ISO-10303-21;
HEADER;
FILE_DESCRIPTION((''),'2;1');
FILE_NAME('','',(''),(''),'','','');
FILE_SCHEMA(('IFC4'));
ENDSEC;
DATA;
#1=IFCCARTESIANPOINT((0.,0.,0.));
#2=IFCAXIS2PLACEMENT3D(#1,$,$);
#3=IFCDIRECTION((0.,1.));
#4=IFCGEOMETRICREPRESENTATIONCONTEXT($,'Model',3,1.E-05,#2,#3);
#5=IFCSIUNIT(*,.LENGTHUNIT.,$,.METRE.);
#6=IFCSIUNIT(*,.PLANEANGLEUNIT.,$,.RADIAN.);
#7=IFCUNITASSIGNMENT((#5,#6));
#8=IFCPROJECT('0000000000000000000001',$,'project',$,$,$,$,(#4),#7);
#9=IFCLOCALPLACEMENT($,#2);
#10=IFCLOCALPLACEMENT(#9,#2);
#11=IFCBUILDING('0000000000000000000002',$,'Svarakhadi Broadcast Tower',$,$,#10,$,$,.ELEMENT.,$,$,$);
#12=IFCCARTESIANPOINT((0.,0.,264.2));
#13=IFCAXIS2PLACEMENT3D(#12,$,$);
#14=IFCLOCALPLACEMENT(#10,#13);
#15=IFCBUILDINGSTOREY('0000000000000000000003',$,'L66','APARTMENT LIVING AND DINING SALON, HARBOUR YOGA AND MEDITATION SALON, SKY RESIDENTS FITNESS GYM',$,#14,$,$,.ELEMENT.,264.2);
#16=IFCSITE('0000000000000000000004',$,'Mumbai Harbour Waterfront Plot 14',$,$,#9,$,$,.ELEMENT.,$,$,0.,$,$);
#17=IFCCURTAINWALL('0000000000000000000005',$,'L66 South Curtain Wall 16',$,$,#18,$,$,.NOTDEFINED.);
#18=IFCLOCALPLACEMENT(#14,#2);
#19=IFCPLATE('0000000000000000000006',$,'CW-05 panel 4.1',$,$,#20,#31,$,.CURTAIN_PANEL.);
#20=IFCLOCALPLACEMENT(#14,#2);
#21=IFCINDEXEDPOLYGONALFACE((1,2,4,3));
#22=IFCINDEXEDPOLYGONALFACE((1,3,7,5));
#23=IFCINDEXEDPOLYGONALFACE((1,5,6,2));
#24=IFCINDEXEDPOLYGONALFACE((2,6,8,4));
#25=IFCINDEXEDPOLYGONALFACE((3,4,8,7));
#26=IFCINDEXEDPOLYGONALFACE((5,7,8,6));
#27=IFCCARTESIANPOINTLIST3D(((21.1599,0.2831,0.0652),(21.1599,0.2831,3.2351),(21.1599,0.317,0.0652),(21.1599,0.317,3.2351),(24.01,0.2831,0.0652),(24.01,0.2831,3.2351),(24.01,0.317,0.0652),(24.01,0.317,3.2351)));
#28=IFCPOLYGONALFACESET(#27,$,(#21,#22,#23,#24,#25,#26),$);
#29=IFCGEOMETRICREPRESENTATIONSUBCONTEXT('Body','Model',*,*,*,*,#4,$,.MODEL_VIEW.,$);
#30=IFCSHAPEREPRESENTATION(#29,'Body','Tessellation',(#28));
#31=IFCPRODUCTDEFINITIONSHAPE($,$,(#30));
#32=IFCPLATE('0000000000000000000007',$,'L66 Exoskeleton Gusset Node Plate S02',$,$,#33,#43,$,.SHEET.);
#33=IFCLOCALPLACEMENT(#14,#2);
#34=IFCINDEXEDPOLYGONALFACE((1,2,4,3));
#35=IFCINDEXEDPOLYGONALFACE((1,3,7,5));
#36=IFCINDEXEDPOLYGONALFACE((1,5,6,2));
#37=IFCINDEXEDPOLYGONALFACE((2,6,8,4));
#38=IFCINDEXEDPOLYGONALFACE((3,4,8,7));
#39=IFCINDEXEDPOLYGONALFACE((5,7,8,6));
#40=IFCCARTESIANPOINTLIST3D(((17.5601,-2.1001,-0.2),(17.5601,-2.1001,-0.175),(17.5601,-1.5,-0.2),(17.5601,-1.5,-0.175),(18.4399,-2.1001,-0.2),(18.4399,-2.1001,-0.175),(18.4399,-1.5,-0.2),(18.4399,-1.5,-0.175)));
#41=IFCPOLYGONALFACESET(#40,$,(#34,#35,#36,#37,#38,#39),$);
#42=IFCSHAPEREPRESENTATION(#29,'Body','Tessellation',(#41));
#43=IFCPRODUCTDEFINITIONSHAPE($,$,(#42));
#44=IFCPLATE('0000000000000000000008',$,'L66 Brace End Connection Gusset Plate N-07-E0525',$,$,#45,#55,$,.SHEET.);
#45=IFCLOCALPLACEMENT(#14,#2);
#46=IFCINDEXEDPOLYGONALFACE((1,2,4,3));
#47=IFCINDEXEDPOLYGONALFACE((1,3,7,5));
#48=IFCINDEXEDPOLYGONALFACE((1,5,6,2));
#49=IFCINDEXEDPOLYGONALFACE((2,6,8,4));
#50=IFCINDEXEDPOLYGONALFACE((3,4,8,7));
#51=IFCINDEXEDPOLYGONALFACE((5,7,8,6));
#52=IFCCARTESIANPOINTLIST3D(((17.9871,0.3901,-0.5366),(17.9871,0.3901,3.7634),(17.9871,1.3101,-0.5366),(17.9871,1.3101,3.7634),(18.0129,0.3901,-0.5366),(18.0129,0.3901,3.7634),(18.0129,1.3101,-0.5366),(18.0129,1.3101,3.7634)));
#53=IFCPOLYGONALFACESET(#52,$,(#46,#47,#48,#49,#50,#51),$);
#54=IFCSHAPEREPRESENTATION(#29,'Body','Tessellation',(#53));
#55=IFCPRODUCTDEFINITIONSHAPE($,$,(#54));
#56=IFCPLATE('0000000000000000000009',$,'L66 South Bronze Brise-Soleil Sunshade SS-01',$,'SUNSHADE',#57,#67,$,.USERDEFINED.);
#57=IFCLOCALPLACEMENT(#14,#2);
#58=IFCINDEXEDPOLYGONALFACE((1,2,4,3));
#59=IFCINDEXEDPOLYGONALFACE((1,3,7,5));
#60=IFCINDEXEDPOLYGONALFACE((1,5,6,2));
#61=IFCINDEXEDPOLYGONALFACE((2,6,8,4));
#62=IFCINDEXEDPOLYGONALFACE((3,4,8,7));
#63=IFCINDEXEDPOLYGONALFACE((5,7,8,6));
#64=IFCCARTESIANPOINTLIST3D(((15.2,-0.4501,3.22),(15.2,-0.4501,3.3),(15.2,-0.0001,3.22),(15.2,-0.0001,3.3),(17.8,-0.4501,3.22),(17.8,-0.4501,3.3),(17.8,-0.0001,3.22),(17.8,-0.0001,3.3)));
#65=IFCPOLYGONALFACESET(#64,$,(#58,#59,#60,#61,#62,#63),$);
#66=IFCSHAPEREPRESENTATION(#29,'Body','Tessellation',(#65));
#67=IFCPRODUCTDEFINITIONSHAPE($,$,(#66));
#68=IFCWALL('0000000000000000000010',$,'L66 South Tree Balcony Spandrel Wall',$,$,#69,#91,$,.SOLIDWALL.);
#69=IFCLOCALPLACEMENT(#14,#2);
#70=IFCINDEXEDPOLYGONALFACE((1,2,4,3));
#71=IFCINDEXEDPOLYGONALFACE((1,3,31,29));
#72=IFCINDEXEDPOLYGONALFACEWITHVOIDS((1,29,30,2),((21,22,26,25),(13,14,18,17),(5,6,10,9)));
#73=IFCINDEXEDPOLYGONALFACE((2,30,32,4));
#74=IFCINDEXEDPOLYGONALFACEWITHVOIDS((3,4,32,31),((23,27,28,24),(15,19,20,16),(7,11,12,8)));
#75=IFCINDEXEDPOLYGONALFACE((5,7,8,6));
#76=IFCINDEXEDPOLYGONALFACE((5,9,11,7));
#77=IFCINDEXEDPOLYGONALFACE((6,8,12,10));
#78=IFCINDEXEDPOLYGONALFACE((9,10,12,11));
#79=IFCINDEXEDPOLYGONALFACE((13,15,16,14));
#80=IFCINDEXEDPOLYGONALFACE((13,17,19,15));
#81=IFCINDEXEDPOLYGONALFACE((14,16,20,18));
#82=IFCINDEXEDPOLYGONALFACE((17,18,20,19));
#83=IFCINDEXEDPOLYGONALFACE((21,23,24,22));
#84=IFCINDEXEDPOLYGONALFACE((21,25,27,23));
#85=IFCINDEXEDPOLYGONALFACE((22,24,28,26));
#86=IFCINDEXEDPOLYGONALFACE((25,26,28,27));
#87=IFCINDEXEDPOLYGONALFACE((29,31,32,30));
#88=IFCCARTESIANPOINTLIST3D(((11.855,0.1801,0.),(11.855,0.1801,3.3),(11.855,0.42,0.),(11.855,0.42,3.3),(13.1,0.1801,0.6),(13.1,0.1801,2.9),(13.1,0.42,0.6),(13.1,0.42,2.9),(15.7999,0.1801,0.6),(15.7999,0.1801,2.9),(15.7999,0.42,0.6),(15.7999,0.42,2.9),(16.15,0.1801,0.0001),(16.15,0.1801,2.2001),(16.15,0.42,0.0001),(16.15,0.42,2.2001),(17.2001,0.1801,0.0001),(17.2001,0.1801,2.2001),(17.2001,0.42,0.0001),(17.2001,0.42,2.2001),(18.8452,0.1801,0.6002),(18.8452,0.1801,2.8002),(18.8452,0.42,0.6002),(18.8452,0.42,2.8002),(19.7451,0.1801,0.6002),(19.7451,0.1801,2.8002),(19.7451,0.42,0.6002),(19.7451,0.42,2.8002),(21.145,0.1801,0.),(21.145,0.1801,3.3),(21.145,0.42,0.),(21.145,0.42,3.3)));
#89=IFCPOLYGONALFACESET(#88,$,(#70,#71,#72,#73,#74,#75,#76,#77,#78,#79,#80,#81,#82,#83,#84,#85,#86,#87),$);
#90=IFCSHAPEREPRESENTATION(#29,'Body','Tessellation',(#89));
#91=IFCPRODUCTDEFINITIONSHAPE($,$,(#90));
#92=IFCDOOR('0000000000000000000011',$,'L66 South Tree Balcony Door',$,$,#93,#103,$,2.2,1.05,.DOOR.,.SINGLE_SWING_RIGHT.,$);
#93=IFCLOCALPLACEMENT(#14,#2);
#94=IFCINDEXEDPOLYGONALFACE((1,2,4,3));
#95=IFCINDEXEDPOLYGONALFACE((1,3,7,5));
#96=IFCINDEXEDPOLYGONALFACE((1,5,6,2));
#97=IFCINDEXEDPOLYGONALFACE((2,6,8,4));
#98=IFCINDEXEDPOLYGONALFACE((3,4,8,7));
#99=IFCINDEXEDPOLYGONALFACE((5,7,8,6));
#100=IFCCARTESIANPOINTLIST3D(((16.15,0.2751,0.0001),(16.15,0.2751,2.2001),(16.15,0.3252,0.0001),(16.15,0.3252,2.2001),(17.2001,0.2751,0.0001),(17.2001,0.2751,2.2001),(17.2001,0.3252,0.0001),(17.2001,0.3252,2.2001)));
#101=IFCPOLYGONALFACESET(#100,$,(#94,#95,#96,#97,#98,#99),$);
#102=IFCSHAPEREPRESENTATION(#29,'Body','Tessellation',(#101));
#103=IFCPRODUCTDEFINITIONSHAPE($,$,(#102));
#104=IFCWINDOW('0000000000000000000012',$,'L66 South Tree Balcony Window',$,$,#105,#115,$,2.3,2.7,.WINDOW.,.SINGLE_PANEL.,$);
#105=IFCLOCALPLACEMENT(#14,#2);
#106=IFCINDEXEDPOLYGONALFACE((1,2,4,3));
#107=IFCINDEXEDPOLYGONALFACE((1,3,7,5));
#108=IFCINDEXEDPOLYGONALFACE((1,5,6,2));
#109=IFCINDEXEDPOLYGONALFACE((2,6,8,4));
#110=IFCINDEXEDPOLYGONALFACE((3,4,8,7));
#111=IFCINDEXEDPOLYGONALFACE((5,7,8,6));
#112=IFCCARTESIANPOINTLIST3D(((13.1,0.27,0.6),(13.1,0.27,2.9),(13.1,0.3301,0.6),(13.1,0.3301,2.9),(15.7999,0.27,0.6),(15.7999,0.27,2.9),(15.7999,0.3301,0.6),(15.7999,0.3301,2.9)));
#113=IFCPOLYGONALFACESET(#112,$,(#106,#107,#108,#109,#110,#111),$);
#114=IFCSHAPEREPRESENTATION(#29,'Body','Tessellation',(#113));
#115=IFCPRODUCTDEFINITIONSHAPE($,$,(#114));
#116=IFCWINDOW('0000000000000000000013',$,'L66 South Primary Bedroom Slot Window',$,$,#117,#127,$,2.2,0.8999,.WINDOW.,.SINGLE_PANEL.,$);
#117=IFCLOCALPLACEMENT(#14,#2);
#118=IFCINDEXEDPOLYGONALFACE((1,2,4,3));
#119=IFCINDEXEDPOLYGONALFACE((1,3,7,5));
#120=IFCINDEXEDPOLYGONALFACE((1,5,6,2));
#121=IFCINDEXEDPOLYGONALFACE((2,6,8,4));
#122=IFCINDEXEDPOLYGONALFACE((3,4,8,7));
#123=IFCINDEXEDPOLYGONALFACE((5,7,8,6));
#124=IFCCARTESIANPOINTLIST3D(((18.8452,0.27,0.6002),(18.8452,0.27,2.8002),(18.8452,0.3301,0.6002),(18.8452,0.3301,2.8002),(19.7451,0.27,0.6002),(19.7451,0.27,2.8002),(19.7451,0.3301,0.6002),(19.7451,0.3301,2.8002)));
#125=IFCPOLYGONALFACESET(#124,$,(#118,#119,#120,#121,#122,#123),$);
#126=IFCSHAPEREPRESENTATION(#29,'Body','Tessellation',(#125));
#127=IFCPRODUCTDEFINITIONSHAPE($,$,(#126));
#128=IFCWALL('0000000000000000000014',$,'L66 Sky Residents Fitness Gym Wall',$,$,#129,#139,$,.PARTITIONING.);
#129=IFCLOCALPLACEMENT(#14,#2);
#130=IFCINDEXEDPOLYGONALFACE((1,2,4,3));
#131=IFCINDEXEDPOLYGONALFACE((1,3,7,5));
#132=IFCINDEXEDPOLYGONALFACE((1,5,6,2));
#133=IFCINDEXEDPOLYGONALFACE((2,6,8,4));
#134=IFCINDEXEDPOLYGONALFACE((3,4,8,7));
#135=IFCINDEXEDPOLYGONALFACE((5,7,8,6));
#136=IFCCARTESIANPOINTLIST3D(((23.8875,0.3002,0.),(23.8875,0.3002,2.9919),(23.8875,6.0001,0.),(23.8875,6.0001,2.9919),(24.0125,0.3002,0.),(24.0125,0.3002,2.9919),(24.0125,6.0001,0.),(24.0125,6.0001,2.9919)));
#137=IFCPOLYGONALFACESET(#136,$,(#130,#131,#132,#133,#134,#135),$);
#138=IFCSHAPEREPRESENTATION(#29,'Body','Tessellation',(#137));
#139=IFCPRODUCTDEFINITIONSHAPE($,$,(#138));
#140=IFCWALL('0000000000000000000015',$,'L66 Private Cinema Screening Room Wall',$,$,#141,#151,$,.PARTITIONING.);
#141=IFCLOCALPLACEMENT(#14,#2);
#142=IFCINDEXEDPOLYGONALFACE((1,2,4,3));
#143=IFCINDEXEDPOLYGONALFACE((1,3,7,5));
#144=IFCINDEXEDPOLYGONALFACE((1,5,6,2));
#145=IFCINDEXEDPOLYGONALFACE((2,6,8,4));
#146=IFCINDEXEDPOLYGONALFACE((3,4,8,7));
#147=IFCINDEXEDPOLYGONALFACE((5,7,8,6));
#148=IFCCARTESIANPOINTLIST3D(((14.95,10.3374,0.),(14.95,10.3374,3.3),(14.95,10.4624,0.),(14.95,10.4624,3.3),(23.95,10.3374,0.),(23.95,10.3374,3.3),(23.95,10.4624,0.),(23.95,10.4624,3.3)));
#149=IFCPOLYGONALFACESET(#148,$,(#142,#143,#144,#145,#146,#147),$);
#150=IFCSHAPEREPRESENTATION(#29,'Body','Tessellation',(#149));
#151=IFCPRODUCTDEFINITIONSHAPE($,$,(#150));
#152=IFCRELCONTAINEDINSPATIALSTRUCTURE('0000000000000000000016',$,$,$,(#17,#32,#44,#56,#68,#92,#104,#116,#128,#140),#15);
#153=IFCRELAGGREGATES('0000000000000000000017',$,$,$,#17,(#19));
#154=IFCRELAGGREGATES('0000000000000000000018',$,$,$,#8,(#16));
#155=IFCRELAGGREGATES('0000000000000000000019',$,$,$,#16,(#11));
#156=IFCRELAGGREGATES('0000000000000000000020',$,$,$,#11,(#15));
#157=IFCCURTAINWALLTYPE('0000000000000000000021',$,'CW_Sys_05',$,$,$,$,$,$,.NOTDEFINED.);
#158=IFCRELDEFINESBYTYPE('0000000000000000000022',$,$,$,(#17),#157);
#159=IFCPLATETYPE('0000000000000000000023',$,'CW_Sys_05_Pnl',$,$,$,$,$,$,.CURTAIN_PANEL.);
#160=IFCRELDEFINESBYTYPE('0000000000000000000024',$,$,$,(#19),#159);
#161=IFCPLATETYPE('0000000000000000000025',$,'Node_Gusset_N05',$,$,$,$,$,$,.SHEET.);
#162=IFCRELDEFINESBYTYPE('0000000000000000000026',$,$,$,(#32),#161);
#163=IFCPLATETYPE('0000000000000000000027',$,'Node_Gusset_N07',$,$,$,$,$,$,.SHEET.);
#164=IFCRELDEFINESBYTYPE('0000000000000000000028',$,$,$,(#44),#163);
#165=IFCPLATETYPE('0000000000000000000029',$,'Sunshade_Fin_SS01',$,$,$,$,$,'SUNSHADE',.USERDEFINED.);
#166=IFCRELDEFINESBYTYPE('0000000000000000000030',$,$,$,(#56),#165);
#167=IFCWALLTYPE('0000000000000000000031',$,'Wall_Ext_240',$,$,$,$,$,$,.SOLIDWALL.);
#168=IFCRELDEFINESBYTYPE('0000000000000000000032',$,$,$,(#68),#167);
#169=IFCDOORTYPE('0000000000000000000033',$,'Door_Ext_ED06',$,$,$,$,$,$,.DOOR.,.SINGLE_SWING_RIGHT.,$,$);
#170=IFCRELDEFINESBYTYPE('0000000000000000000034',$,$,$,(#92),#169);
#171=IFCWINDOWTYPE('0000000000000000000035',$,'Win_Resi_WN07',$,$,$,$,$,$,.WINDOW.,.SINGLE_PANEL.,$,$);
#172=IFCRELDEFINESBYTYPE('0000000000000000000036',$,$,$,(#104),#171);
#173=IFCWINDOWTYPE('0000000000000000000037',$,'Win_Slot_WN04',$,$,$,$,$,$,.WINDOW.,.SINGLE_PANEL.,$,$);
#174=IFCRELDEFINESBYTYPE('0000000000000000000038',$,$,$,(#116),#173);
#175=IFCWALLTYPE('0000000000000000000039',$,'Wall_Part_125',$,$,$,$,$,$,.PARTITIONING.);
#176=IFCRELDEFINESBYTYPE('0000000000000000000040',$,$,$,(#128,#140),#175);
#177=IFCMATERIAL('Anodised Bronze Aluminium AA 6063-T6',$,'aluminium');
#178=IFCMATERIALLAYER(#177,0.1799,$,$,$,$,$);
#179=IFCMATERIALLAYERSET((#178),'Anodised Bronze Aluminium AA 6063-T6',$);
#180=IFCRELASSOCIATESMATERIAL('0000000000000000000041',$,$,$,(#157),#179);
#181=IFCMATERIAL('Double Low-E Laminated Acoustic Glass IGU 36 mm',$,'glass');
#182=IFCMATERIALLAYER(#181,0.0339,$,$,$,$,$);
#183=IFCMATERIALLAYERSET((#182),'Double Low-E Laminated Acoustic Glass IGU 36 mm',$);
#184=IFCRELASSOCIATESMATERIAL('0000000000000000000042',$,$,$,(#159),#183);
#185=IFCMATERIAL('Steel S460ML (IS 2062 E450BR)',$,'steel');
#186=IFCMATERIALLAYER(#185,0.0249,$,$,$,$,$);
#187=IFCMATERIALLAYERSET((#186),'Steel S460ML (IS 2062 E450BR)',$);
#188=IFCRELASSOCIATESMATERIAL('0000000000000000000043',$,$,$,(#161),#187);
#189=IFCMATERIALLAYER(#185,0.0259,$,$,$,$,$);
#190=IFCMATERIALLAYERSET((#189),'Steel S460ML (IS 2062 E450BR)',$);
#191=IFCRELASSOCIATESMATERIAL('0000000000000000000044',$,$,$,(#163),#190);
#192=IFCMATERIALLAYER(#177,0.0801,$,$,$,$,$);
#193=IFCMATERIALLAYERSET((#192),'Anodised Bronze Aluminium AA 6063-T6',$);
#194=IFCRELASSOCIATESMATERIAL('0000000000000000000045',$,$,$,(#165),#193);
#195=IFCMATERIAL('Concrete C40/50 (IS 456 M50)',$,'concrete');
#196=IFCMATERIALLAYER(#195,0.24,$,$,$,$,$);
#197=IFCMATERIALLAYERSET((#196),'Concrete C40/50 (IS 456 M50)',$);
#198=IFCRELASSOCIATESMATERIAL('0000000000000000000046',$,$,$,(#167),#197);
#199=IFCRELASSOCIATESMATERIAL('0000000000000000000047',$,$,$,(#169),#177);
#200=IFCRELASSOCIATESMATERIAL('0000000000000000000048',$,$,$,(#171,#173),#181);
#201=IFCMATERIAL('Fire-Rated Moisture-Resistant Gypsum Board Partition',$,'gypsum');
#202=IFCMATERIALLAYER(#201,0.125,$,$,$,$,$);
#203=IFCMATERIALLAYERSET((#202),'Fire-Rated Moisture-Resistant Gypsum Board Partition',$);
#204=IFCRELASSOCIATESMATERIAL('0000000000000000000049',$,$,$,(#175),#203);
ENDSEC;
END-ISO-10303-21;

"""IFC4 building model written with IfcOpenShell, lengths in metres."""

from ifc_helpers import new_model, si_unit, direction, frame, frame_2d, origin, origin_2d, place, context, subcontext, project, spatial, rectangle, extrude, material, layer, layer_set, type_object, element, fill, aggregate, save


model = new_model("IFC4")

# Units and contexts
model_context = context("Model", 3, precision=1e-05, world=origin(), true_north=direction((0.0, 1.0)))
body_context = subcontext(model_context, "Body", "Model", "MODEL_VIEW")
ifc_project = project(units=[si_unit("LENGTHUNIT", "METRE"), si_unit("PLANEANGLEUNIT", "RADIAN")], contexts=[model_context])

# Site, building, storey
site_placement = place(None, origin())
site = spatial("IfcSite", under=ifc_project, at=site_placement, Name="Mumbai Harbour Waterfront Plot 14", CompositionType="ELEMENT", RefElevation=0.0)
building_placement = place(site_placement, origin())
building = spatial("IfcBuilding", under=site, at=building_placement, Name="Svarakhadi Broadcast Tower", CompositionType="ELEMENT")
storey_placement = place(building_placement, frame((0.0, 0.0, 264.2)))
storey = spatial("IfcBuildingStorey", under=building, at=storey_placement, Name="L66", Description="APARTMENT LIVING AND DINING SALON, HARBOUR YOGA AND MEDITATION SALON, SKY RESIDENTS FITNESS GYM", CompositionType="ELEMENT", Elevation=264.2)

# Shared definitions
ifc_material_1 = material(Name="Steel S460ML (IS 2062 E450BR)", Category="steel")

# Curtain wall
ifc_material_2 = material(Name="Anodised Bronze Aluminium AA 6063-T6", Category="aluminium")
ifc_layer_1 = layer(ifc_material_2, 0.1799)
ifc_layer_set_1 = layer_set([ifc_layer_1], Name="Anodised Bronze Aluminium AA 6063-T6")
curtain_wall_type = type_object("IfcCurtainWallType", Name="CW_Sys_05", PredefinedType="NOTDEFINED", material=ifc_layer_set_1)
curtain_wall_placement = place(storey_placement, origin())
curtain_wall = element("IfcCurtainWall", 1, at=curtain_wall_placement, inside=storey, type_object=curtain_wall_type, Name="L66 South Curtain Wall 16", PredefinedType="NOTDEFINED")

# Plate
ifc_material_3 = material(Name="Double Low-E Laminated Acoustic Glass IGU 36 mm", Category="glass")
ifc_layer_2 = layer(ifc_material_3, 0.0339)
ifc_layer_set_2 = layer_set([ifc_layer_2], Name="Double Low-E Laminated Acoustic Glass IGU 36 mm")
plate_type_1 = type_object("IfcPlateType", Name="CW_Sys_05_Pnl", PredefinedType="CURTAIN_PANEL", material=ifc_layer_set_2)
plate_1_placement = place(storey_placement, frame((22.585, 0.3, 0.0652), z_axis=(0.0, 0.0, 1.0), x_axis=(-1.0, 0.0, 0.0)))
plate_1 = element("IfcPlate", 2, at=plate_1_placement, type_object=plate_type_1, Name="CW-05 panel 4.1", PredefinedType="CURTAIN_PANEL", context=body_context, shape_type="SweptSolid", body=[
    extrude(rectangle(XDim=2.8501, YDim=0.0339, at=origin_2d()), origin(), (0.0, 0.0, 1.0), 3.1699),
])
aggregate(curtain_wall, [plate_1])

# Plates
ifc_layer_3 = layer(ifc_material_1, 0.0249)
ifc_layer_set_3 = layer_set([ifc_layer_3], Name="Steel S460ML (IS 2062 E450BR)")
plate_type_2 = type_object("IfcPlateType", Name="Node_Gusset_N05", PredefinedType="SHEET", material=ifc_layer_set_3)
plate_2_placement = place(storey_placement, frame((18.0, -1.8, -0.2), z_axis=(0.0, 0.0, 1.0), x_axis=(1.0, 0.0, 0.0)))
element("IfcPlate", 3, at=plate_2_placement, inside=storey, type_object=plate_type_2, Name="L66 Exoskeleton Gusset Node Plate S02", PredefinedType="SHEET", context=body_context, shape_type="SweptSolid", body=[
    extrude(rectangle(XDim=0.8799, YDim=0.6001, at=origin_2d()), origin(), (0.0, 0.0, 1.0), 0.0249),
])
ifc_layer_4 = layer(ifc_material_1, 0.0259)
ifc_layer_set_4 = layer_set([ifc_layer_4], Name="Steel S460ML (IS 2062 E450BR)")
plate_type_3 = type_object("IfcPlateType", Name="Node_Gusset_N07", PredefinedType="SHEET", material=ifc_layer_set_4)
plate_3_placement = place(storey_placement, frame((18.0, 0.8501, -0.5366), z_axis=(0.0, 0.0, 1.0), x_axis=(0.0, 1.0, 0.0)))
element("IfcPlate", 4, at=plate_3_placement, inside=storey, type_object=plate_type_3, Name="L66 Brace End Connection Gusset Plate N-07-E0525", PredefinedType="SHEET", context=body_context, shape_type="SweptSolid", body=[
    extrude(rectangle(XDim=0.9199, YDim=0.0259, at=origin_2d()), origin(), (0.0, 0.0, 1.0), 4.3),
])
ifc_layer_5 = layer(ifc_material_2, 0.0801)
ifc_layer_set_5 = layer_set([ifc_layer_5], Name="Anodised Bronze Aluminium AA 6063-T6")
plate_type_4 = type_object("IfcPlateType", Name="Sunshade_Fin_SS01", ElementType="SUNSHADE", PredefinedType="USERDEFINED", material=ifc_layer_set_5)
plate_4_placement = place(storey_placement, frame((16.5, -0.2251, 3.22), z_axis=(0.0, 0.0, 1.0), x_axis=(1.0, 0.0, 0.0)))
element("IfcPlate", 5, at=plate_4_placement, inside=storey, type_object=plate_type_4, Name="L66 South Bronze Brise-Soleil Sunshade SS-01", ObjectType="SUNSHADE", PredefinedType="USERDEFINED", context=body_context, shape_type="SweptSolid", body=[
    extrude(rectangle(XDim=2.6001, YDim=0.45, at=origin_2d()), origin(), (0.0, 0.0, 1.0), 0.0801),
])

# Wall, openings, door, windows
ifc_material_4 = material(Name="Concrete C40/50 (IS 456 M50)", Category="concrete")
ifc_layer_6 = layer(ifc_material_4, 0.24)
ifc_layer_set_6 = layer_set([ifc_layer_6], Name="Concrete C40/50 (IS 456 M50)")
wall_type_1 = type_object("IfcWallType", Name="Wall_Ext_240", PredefinedType="SOLIDWALL", material=ifc_layer_set_6)
wall_1_placement = place(storey_placement, frame((21.145, 0.3, 0.0), z_axis=(0.0, 0.0, 1.0), x_axis=(-1.0, 0.0, 0.0)))
wall_1 = element("IfcWall", 6, at=wall_1_placement, inside=storey, type_object=wall_type_1, Name="L66 South Tree Balcony Spandrel Wall", PredefinedType="SOLIDWALL", context=body_context, shape_type="SweptSolid", body=[
    extrude(rectangle(XDim=9.29, YDim=0.24, at=frame_2d((4.645, 0.0))), origin(), (0.0, 0.0, 1.0), 3.3),
])
opening_1_placement = place(wall_1_placement, frame((3.9451, 0.0, 0.0)))
opening_1 = element("IfcOpeningElement", 7, at=opening_1_placement, cuts=wall_1, PredefinedType="OPENING", context=body_context, shape_type="SweptSolid", body=[
    extrude(rectangle(XDim=1.05, YDim=2.2, at=frame_2d((0.5249, 1.1001))), frame((0.0, 0.1299, 0.0), z_axis=(0.0, -1.0, 0.0), x_axis=(1.0, 0.0, 0.0)), (0.0, 0.0, 1.0), 0.26),
])
opening_2_placement = place(wall_1_placement, frame((5.345, 0.0, 0.6001)))
opening_2 = element("IfcOpeningElement", 8, at=opening_2_placement, cuts=wall_1, PredefinedType="OPENING", context=body_context, shape_type="SweptSolid", body=[
    extrude(rectangle(XDim=2.7, YDim=2.3, at=frame_2d((1.3501, 1.1499))), frame((0.0, 0.1299, 0.0), z_axis=(0.0, -1.0, 0.0), x_axis=(1.0, 0.0, 0.0)), (0.0, 0.0, 1.0), 0.26),
])
opening_3_placement = place(wall_1_placement, frame((1.3999, 0.0, 0.6001)))
opening_3 = element("IfcOpeningElement", 9, at=opening_3_placement, cuts=wall_1, PredefinedType="OPENING", context=body_context, shape_type="SweptSolid", body=[
    extrude(rectangle(XDim=0.8999, YDim=2.2, at=frame_2d((0.45, 1.1001))), frame((0.0, 0.1299, 0.0), z_axis=(0.0, -1.0, 0.0), x_axis=(1.0, 0.0, 0.0)), (0.0, 0.0, 1.0), 0.26),
])
door_type = type_object("IfcDoorType", Name="Door_Ext_ED06", OperationType="SINGLE_SWING_RIGHT", PredefinedType="DOOR", material=ifc_material_2)
door_placement = place(opening_1_placement, origin())
door = element("IfcDoor", 10, at=door_placement, inside=storey, type_object=door_type, Name="L66 South Tree Balcony Door", OperationType="SINGLE_SWING_RIGHT", OverallHeight=2.2, OverallWidth=1.05, PredefinedType="DOOR", context=body_context, shape_type="SweptSolid", body=[
    extrude(rectangle(XDim=1.05, YDim=2.2, at=frame_2d((0.5249, 1.1001))), frame((0.0, 0.0249, 0.0), z_axis=(0.0, -1.0, 0.0), x_axis=(1.0, 0.0, 0.0)), (0.0, 0.0, 1.0), 0.05),
])
fill(opening_1, door)
window_type_1 = type_object("IfcWindowType", Name="Win_Resi_WN07", PartitioningType="SINGLE_PANEL", PredefinedType="WINDOW", material=ifc_material_3)
window_1_placement = place(opening_2_placement, origin())
window_1 = element("IfcWindow", 11, at=window_1_placement, inside=storey, type_object=window_type_1, Name="L66 South Tree Balcony Window", OverallHeight=2.3, OverallWidth=2.7, PartitioningType="SINGLE_PANEL", PredefinedType="WINDOW", context=body_context, shape_type="SweptSolid", body=[
    extrude(rectangle(XDim=2.7, YDim=2.3, at=frame_2d((1.3501, 1.1499))), frame((0.0, 0.03, 0.0), z_axis=(0.0, -1.0, 0.0), x_axis=(1.0, 0.0, 0.0)), (0.0, 0.0, 1.0), 0.0601),
])
fill(opening_2, window_1)
window_type_2 = type_object("IfcWindowType", Name="Win_Slot_WN04", PartitioningType="SINGLE_PANEL", PredefinedType="WINDOW", material=ifc_material_3)
window_2_placement = place(opening_3_placement, origin())
window_2 = element("IfcWindow", 12, at=window_2_placement, inside=storey, type_object=window_type_2, Name="L66 South Primary Bedroom Slot Window", OverallHeight=2.2, OverallWidth=0.8999, PartitioningType="SINGLE_PANEL", PredefinedType="WINDOW", context=body_context, shape_type="SweptSolid", body=[
    extrude(rectangle(XDim=0.8999, YDim=2.2, at=frame_2d((0.45, 1.1001))), frame((0.0, 0.03, 0.0), z_axis=(0.0, -1.0, 0.0), x_axis=(1.0, 0.0, 0.0)), (0.0, 0.0, 1.0), 0.0601),
])
fill(opening_3, window_2)

# Walls
ifc_material_5 = material(Name="Fire-Rated Moisture-Resistant Gypsum Board Partition", Category="gypsum")
ifc_layer_7 = layer(ifc_material_5, 0.125)
ifc_layer_set_7 = layer_set([ifc_layer_7], Name="Fire-Rated Moisture-Resistant Gypsum Board Partition")
wall_type_2 = type_object("IfcWallType", Name="Wall_Part_125", PredefinedType="PARTITIONING", material=ifc_layer_set_7)
wall_2_placement = place(storey_placement, frame((23.95, 0.3, 0.0), z_axis=(0.0, 0.0, 1.0), x_axis=(0.0, 1.0, 0.0)))
element("IfcWall", 13, at=wall_2_placement, inside=storey, type_object=wall_type_2, Name="L66 Sky Residents Fitness Gym Wall", PredefinedType="PARTITIONING", context=body_context, shape_type="SweptSolid", body=[
    extrude(rectangle(XDim=5.7, YDim=0.125, at=frame_2d((2.8501, 0.0))), origin(), (0.0, 0.0, 1.0), 2.9919),
])
wall_3_placement = place(storey_placement, frame((14.95, 10.3999, 0.0), z_axis=(0.0, 0.0, 1.0), x_axis=(1.0, 0.0, 0.0)))
element("IfcWall", 14, at=wall_3_placement, inside=storey, type_object=wall_type_2, Name="L66 Private Cinema Screening Room Wall", PredefinedType="PARTITIONING", context=body_context, shape_type="SweptSolid", body=[
    extrude(rectangle(XDim=9.0, YDim=0.125, at=frame_2d((4.5, 0.0))), origin(), (0.0, 0.0, 1.0), 3.3),
])

save(model, "model.ifc")
